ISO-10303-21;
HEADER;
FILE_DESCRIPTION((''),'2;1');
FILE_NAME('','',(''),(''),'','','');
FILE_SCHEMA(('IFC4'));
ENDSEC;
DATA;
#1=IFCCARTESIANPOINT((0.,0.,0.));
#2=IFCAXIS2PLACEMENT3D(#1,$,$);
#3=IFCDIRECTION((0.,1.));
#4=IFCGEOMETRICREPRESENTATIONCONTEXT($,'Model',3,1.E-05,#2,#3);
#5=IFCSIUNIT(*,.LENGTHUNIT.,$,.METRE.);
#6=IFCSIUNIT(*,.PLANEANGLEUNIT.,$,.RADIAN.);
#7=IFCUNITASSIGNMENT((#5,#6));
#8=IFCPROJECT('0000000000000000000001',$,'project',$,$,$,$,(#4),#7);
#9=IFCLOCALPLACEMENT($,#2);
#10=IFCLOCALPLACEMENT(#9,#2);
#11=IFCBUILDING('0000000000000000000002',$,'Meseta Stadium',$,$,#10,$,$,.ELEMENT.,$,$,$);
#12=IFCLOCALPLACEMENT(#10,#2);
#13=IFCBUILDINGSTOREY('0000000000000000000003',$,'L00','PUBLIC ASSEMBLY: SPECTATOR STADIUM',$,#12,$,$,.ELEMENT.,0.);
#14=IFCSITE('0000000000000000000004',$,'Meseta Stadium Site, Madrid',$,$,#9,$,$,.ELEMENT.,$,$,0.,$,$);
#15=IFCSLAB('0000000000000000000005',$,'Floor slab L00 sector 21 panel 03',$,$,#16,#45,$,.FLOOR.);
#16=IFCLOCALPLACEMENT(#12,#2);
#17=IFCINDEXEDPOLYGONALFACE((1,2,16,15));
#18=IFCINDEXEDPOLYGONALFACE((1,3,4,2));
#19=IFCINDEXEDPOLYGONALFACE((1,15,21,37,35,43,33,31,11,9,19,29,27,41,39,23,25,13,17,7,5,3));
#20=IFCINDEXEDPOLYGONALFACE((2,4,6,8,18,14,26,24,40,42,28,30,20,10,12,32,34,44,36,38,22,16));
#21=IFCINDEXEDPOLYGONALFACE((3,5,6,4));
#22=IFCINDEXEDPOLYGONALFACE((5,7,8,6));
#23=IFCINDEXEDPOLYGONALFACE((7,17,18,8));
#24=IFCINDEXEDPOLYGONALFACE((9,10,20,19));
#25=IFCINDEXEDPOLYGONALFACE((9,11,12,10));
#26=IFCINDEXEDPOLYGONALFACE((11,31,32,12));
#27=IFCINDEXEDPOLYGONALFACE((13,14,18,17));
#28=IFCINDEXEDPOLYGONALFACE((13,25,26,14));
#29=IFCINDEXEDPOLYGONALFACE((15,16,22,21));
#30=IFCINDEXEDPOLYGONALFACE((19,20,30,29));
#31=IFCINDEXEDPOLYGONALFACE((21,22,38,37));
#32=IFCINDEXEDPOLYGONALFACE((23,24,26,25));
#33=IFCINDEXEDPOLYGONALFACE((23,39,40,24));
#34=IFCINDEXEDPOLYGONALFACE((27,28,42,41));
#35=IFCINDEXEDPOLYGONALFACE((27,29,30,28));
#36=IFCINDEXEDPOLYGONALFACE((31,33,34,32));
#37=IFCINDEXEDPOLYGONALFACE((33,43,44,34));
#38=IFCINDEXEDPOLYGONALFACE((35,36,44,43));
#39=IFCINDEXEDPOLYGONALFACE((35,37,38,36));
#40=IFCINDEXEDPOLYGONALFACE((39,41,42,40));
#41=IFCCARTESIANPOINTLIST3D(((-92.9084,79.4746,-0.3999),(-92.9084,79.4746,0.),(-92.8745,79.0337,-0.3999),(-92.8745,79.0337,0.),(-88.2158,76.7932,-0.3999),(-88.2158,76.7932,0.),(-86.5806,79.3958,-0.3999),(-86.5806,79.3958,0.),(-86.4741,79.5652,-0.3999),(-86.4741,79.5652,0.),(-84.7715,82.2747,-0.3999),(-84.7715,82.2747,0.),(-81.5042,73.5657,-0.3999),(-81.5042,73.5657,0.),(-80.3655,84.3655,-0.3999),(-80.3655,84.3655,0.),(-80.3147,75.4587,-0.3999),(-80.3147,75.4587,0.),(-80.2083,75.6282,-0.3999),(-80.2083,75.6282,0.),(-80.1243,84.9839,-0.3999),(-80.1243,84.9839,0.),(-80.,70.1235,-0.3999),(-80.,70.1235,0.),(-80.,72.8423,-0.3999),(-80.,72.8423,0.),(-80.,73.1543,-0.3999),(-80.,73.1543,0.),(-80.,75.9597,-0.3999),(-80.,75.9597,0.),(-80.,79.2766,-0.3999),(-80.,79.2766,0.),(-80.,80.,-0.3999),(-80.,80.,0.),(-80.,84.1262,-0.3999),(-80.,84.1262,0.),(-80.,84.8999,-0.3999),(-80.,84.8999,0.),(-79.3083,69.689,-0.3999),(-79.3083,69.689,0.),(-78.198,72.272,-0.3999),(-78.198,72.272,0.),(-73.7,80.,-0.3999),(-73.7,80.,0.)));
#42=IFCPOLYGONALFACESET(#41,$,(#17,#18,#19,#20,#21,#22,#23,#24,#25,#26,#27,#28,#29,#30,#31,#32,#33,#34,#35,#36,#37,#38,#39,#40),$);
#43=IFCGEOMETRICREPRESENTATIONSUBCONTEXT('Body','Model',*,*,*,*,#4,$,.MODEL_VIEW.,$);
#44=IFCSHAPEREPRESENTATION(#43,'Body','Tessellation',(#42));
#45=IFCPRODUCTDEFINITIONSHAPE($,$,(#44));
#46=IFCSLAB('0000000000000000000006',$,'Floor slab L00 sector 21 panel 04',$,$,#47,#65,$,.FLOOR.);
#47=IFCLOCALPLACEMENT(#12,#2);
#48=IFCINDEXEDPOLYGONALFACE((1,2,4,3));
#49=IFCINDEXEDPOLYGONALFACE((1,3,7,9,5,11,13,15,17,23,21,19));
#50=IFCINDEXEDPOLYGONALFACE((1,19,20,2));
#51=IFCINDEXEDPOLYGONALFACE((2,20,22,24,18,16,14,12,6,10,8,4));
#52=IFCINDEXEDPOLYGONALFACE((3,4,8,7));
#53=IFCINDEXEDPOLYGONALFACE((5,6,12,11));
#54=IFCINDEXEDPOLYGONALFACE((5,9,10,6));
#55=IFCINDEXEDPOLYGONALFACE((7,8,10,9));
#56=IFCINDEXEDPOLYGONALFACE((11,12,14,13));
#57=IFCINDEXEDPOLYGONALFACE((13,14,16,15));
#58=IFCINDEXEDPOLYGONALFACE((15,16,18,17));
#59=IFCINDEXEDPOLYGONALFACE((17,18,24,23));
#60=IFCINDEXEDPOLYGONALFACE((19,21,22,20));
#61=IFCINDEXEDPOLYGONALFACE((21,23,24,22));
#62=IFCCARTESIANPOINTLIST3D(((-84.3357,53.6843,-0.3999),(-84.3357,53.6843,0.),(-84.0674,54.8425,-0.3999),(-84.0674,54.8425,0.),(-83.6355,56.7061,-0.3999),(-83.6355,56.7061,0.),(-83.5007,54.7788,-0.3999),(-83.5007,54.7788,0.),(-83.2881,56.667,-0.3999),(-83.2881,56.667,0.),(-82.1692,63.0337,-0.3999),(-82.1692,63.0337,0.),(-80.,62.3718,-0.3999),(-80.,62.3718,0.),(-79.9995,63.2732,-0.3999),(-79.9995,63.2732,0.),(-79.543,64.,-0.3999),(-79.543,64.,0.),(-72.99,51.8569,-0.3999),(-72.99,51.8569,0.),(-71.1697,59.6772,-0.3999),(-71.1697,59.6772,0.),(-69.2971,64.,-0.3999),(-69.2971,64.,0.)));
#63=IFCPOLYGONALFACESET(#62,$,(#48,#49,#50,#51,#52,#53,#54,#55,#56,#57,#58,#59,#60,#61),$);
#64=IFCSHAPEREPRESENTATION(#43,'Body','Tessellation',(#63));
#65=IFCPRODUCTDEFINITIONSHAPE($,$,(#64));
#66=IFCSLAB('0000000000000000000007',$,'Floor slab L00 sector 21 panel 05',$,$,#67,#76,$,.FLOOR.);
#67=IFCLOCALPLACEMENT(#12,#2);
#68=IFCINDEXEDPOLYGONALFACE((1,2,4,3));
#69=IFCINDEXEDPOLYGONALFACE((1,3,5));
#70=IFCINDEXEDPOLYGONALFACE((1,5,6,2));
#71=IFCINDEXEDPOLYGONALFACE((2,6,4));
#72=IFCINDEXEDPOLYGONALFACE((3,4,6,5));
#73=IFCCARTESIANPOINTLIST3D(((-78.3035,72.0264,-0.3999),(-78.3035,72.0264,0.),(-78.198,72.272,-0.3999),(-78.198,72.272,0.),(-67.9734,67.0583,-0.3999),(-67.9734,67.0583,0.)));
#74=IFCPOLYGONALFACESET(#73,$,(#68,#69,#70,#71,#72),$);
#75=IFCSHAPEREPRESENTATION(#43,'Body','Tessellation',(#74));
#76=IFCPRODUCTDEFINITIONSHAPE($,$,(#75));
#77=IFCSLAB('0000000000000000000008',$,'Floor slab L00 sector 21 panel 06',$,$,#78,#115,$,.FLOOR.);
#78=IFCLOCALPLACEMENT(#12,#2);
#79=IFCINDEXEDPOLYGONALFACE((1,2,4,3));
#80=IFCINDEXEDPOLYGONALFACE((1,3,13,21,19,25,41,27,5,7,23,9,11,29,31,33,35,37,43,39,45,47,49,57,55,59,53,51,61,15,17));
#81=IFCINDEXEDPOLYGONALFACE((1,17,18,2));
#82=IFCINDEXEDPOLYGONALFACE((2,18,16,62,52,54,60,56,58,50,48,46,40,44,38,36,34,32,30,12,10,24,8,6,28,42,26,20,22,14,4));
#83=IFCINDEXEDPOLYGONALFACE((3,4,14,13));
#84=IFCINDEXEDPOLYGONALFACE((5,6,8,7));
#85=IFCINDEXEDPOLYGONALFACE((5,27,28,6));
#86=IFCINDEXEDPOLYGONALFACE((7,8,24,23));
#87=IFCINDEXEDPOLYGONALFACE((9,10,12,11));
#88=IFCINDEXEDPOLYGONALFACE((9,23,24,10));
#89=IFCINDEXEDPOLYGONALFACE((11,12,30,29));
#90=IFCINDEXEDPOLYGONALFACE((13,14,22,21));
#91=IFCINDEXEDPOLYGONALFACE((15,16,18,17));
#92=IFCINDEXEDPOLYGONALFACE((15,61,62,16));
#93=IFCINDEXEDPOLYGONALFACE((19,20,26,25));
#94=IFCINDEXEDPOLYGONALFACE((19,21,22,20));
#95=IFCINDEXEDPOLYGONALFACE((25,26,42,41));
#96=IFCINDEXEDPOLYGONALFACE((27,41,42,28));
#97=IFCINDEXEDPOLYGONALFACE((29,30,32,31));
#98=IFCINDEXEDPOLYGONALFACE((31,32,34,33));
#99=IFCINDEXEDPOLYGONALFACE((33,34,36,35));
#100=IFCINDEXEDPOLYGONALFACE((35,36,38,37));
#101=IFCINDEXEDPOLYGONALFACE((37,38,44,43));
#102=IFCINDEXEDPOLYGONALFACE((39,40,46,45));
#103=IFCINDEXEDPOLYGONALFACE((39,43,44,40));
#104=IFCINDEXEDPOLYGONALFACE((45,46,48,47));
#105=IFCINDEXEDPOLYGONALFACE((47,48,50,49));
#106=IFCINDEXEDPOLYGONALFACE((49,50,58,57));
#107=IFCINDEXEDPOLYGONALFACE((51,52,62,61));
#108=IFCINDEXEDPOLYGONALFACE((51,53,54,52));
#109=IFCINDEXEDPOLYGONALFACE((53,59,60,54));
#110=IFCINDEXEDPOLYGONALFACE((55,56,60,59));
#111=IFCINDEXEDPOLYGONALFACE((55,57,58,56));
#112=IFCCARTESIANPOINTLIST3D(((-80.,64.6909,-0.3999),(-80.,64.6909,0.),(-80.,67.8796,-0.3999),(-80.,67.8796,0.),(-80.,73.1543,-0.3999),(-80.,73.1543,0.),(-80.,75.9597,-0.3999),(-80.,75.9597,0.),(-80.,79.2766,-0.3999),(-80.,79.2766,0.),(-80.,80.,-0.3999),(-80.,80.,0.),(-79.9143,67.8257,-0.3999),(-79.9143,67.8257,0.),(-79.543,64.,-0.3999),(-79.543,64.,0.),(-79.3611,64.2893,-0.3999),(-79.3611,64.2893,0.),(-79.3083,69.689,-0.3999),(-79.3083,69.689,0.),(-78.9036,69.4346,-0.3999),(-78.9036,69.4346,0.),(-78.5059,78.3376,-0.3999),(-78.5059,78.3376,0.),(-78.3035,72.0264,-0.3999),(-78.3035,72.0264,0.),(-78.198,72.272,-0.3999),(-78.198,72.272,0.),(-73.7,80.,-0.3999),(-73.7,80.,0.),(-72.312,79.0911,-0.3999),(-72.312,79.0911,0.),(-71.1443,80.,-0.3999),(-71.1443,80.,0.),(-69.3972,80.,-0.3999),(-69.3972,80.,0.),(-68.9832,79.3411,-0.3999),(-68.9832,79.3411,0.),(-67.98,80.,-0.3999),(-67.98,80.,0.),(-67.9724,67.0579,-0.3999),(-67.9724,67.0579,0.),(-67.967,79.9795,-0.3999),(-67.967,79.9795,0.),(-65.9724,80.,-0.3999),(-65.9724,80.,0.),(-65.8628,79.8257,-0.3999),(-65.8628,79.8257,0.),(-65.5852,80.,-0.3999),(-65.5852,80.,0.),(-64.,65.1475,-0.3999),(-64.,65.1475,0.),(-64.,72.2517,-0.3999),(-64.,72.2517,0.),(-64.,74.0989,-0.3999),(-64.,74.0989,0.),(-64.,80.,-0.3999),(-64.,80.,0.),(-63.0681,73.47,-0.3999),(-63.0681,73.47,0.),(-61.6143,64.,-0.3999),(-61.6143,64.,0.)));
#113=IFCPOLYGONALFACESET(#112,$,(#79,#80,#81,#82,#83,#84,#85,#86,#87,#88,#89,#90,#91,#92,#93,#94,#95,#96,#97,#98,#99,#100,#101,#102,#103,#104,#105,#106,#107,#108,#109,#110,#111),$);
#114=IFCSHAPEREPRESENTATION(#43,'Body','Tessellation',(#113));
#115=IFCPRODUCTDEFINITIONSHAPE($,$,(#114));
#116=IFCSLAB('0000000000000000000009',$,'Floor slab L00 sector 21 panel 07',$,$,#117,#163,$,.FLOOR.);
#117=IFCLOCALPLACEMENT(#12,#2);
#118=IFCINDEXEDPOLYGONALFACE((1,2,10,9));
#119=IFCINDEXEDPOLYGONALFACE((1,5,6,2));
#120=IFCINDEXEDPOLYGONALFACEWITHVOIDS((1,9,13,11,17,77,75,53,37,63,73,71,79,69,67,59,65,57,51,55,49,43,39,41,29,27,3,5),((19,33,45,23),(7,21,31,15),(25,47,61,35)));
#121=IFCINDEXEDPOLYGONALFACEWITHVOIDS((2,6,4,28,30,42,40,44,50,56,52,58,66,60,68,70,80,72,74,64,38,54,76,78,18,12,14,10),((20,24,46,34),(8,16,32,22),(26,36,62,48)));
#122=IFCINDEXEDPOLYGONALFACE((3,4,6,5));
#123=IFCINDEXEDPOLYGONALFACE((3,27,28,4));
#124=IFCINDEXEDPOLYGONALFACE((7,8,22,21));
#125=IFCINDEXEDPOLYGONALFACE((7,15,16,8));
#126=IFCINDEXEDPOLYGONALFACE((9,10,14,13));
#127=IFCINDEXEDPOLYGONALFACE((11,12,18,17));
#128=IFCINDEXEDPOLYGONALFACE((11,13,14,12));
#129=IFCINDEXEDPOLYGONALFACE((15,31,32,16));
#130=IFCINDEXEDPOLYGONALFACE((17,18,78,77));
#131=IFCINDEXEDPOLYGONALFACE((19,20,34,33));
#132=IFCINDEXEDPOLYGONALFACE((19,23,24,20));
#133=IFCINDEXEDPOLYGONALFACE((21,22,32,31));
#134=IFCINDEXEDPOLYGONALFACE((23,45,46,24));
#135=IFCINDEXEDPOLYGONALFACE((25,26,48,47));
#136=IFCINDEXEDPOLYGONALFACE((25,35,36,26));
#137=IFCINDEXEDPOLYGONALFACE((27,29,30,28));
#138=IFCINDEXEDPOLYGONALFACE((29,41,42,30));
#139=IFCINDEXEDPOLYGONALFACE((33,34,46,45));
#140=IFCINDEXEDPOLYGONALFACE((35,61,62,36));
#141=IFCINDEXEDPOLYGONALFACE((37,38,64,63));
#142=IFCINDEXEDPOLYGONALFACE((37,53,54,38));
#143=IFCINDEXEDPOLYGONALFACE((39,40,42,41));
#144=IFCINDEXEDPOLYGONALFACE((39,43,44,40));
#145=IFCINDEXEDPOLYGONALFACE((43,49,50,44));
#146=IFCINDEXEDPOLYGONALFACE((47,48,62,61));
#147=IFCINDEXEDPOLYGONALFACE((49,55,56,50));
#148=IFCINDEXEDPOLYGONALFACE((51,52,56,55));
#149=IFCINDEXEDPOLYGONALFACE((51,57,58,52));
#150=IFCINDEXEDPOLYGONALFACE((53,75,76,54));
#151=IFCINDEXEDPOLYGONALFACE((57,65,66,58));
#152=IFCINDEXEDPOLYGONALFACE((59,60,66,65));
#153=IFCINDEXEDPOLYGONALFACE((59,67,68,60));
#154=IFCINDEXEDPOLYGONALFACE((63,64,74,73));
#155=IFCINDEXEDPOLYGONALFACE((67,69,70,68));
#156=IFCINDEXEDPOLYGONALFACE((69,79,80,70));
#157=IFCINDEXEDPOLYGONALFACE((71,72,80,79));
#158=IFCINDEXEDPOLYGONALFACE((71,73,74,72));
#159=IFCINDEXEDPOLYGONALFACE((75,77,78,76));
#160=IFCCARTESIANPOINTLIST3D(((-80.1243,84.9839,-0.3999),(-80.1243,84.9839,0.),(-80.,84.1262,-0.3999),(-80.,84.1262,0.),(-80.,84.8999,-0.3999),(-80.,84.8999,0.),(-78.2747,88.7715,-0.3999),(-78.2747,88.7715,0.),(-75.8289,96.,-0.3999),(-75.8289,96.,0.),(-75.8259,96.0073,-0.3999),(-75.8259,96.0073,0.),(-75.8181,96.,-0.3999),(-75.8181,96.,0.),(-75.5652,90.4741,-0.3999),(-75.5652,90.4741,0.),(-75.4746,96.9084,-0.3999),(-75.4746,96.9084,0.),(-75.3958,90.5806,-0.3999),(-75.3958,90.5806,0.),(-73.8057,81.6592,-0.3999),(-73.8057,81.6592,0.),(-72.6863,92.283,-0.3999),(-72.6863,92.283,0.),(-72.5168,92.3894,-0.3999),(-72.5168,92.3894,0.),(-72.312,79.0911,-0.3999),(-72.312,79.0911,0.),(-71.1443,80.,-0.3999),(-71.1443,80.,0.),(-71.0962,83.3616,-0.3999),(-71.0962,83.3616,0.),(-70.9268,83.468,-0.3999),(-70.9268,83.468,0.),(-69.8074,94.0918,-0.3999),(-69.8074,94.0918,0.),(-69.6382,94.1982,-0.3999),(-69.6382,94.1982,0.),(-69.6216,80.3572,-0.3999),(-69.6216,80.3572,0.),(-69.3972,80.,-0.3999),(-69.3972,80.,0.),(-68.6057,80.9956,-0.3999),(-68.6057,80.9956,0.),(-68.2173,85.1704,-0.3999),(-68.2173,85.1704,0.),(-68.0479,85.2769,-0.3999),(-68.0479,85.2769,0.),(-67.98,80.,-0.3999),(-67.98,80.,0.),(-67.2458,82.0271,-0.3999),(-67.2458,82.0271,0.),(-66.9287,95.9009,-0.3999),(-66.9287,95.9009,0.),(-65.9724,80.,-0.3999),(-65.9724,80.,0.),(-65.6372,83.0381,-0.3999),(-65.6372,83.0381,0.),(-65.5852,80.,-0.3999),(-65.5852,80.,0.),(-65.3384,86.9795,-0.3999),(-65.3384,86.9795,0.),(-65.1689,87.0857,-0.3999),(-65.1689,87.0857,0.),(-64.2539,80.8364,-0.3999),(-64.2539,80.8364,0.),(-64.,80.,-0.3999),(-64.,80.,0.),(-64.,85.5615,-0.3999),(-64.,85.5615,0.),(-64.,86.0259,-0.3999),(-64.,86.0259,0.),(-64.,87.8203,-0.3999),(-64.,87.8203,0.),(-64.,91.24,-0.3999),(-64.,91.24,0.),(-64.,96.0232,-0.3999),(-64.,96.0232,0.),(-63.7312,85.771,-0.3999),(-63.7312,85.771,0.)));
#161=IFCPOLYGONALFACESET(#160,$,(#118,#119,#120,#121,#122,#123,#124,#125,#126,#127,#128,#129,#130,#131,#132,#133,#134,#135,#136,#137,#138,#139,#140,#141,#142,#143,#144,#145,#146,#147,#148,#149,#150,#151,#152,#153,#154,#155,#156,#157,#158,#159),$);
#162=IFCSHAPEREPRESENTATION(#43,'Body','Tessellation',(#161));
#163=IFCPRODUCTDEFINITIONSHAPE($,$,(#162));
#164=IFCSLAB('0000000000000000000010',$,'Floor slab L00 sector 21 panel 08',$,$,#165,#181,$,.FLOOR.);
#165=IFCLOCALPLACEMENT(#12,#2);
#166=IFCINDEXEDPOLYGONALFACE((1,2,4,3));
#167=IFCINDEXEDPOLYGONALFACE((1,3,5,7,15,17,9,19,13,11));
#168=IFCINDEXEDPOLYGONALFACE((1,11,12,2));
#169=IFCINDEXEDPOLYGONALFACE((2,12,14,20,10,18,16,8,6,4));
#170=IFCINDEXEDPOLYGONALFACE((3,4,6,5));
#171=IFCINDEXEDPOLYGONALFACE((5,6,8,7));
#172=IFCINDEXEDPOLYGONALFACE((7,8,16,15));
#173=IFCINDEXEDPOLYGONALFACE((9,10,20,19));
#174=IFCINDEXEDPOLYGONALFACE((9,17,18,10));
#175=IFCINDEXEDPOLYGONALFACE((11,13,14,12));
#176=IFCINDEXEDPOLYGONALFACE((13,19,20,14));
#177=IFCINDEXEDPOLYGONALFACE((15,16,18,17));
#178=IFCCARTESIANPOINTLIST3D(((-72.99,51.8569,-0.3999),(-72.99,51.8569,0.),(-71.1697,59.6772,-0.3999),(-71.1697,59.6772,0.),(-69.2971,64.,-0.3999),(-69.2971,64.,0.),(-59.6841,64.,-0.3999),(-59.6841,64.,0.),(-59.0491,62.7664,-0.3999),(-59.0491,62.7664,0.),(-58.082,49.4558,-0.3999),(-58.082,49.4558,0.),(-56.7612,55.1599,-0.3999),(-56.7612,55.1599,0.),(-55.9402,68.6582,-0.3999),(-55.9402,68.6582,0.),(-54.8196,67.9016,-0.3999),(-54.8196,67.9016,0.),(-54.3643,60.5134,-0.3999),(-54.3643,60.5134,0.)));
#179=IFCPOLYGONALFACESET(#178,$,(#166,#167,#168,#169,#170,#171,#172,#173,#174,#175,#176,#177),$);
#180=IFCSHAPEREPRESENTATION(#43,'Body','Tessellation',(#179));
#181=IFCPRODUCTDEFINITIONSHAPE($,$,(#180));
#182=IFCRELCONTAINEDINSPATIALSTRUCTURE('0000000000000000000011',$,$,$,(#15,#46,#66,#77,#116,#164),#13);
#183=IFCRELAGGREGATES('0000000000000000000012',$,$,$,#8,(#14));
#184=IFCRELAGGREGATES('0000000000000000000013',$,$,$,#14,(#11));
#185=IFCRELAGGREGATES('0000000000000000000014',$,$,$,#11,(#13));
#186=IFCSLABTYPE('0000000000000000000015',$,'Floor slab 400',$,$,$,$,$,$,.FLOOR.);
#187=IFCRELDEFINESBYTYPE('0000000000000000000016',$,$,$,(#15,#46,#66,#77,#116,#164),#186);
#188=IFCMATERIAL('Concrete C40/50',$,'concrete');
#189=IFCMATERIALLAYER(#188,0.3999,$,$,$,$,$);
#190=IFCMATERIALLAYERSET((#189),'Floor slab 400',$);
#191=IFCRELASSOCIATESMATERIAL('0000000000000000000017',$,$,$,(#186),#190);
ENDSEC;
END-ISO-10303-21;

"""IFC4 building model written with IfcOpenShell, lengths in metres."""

from ifc_helpers import new_model, si_unit, direction, frame, origin, place, context, subcontext, project, spatial, polyline, outline, extrude, material, layer, layer_set, type_object, element, save


model = new_model("IFC4")

# Units and contexts
model_context = context("Model", 3, precision=1e-05, world=origin(), true_north=direction((0.0, 1.0)))
body_context = subcontext(model_context, "Body", "Model", "MODEL_VIEW")
ifc_project = project(units=[si_unit("LENGTHUNIT", "METRE"), si_unit("PLANEANGLEUNIT", "RADIAN")], contexts=[model_context])

# Site, building, storey
site_placement = place(None, origin())
site = spatial("IfcSite", under=ifc_project, at=site_placement, Name="Meseta Stadium Site, Madrid", CompositionType="ELEMENT", RefElevation=0.0)
building_placement = place(site_placement, origin())
building = spatial("IfcBuilding", under=site, at=building_placement, Name="Meseta Stadium", CompositionType="ELEMENT")
storey_placement = place(building_placement, origin())
storey = spatial("IfcBuildingStorey", under=building, at=storey_placement, Name="L00", Description="PUBLIC ASSEMBLY: SPECTATOR STADIUM", CompositionType="ELEMENT", Elevation=0.0)

# Slabs
ifc_material = material(Name="Concrete C40/50", Category="concrete")
ifc_layer = layer(ifc_material, 0.3999)
ifc_layer_set = layer_set([ifc_layer], Name="Floor slab 400")
slab_type = type_object("IfcSlabType", Name="Floor slab 400", PredefinedType="FLOOR", material=ifc_layer_set)
slab_1_placement = place(storey_placement, frame((0.0, 0.0, -0.3999)))
element("IfcSlab", 1, at=slab_1_placement, inside=storey, type_object=slab_type, Name="Floor slab L00 sector 21 panel 03", PredefinedType="FLOOR", context=body_context, shape_type="SweptSolid", body=[
    extrude(outline(polyline([(-80.1243, 84.9839), (-80.3655, 84.3655), (-92.9084, 79.4746), (-92.8745, 79.0337), (-88.2158, 76.7932), (-86.5806, 79.3958), (-80.3147, 75.4587), (-81.5042, 73.5657), (-80.0, 72.8423), (-80.0, 70.1235), (-79.3083, 69.689), (-78.198, 72.272), (-80.0, 73.1543), (-80.0, 75.9597), (-80.2083, 75.6282), (-86.4741, 79.5652), (-84.7715, 82.2747), (-80.0, 79.2766), (-80.0, 80.0), (-73.7, 80.0), (-80.0, 84.1262), (-80.0, 84.8999), (-80.1243, 84.9839)])), origin(), (0.0, 0.0, 1.0), 0.3999),
])
slab_2_placement = place(storey_placement, frame((0.0, 0.0, -0.3999)))
element("IfcSlab", 2, at=slab_2_placement, inside=storey, type_object=slab_type, Name="Floor slab L00 sector 21 panel 04", PredefinedType="FLOOR", context=body_context, shape_type="SweptSolid", body=[
    extrude(outline(polyline([(-79.9995, 63.2732), (-80.0, 62.3718), (-82.1692, 63.0337), (-83.6355, 56.7061), (-83.2881, 56.667), (-83.5007, 54.7788), (-84.0674, 54.8425), (-84.3357, 53.6843), (-72.99, 51.8569), (-71.1697, 59.6772), (-69.2971, 64.0), (-79.543, 64.0), (-79.9995, 63.2732)])), origin(), (0.0, 0.0, 1.0), 0.3999),
])
slab_3_placement = place(storey_placement, frame((0.0, 0.0, -0.3999)))
element("IfcSlab", 3, at=slab_3_placement, inside=storey, type_object=slab_type, Name="Floor slab L00 sector 21 panel 05", PredefinedType="FLOOR", context=body_context, shape_type="SweptSolid", body=[
    extrude(outline(polyline([(-67.9734, 67.0583), (-78.198, 72.272), (-78.3035, 72.0264), (-67.9734, 67.0583)])), origin(), (0.0, 0.0, 1.0), 0.3999),
])
slab_4_placement = place(storey_placement, frame((0.0, 0.0, -0.3999)))
element("IfcSlab", 4, at=slab_4_placement, inside=storey, type_object=slab_type, Name="Floor slab L00 sector 21 panel 06", PredefinedType="FLOOR", context=body_context, shape_type="SweptSolid", body=[
    extrude(outline(polyline([(-67.967, 79.9795), (-68.9832, 79.3411), (-69.3972, 80.0), (-71.1443, 80.0), (-72.312, 79.0911), (-73.7, 80.0), (-80.0, 80.0), (-80.0, 79.2766), (-78.5059, 78.3376), (-80.0, 75.9597), (-80.0, 73.1543), (-78.198, 72.272), (-67.9724, 67.0579), (-78.3035, 72.0264), (-79.3083, 69.689), (-78.9036, 69.4346), (-79.9143, 67.8257), (-80.0, 67.8796), (-80.0, 64.6909), (-79.3611, 64.2893), (-79.543, 64.0), (-61.6143, 64.0), (-64.0, 65.1475), (-64.0, 72.2517), (-63.0681, 73.47), (-64.0, 74.0989), (-64.0, 80.0), (-65.5852, 80.0), (-65.8628, 79.8257), (-65.9724, 80.0), (-67.98, 80.0), (-67.967, 79.9795)])), origin(), (0.0, 0.0, 1.0), 0.3999),
])
slab_5_placement = place(storey_placement, frame((0.0, 0.0, -0.3999)))
element("IfcSlab", 5, at=slab_5_placement, inside=storey, type_object=slab_type, Name="Floor slab L00 sector 21 panel 07", PredefinedType="FLOOR", context=body_context, shape_type="SweptSolid", body=[
    extrude(outline(polyline([(-80.0, 84.1262), (-72.312, 79.0911), (-71.1443, 80.0), (-69.3972, 80.0), (-69.6216, 80.3572), (-68.6057, 80.9956), (-67.98, 80.0), (-65.9724, 80.0), (-67.2458, 82.0271), (-65.6372, 83.0381), (-64.2539, 80.8364), (-65.5852, 80.0), (-64.0, 80.0), (-64.0, 85.5615), (-63.7312, 85.771), (-64.0, 86.0259), (-64.0, 87.8203), (-65.1689, 87.0857), (-69.6382, 94.1982), (-66.9287, 95.9009), (-64.0, 91.24), (-64.0, 96.0232), (-75.4746, 96.9084), (-75.8259, 96.0073), (-75.8181, 96.0), (-75.8289, 96.0), (-80.1243, 84.9839), (-80.0, 84.8999), (-80.0, 84.1262)]), holes=[polyline([(-65.3384, 86.9795), (-68.0479, 85.2769), (-72.5168, 92.3894), (-69.8074, 94.0918), (-65.3384, 86.9795)]), polyline([(-71.0962, 83.3616), (-73.8057, 81.6592), (-78.2747, 88.7715), (-75.5652, 90.4741), (-71.0962, 83.3616)]), polyline([(-68.2173, 85.1704), (-70.9268, 83.468), (-75.3958, 90.5806), (-72.6863, 92.283), (-68.2173, 85.1704)])]), origin(), (0.0, 0.0, 1.0), 0.3999),
])
slab_6_placement = place(storey_placement, frame((0.0, 0.0, -0.3999)))
element("IfcSlab", 6, at=slab_6_placement, inside=storey, type_object=slab_type, Name="Floor slab L00 sector 21 panel 08", PredefinedType="FLOOR", context=body_context, shape_type="SweptSolid", body=[
    extrude(outline(polyline([(-58.082, 49.4558), (-56.7612, 55.1599), (-54.3643, 60.5134), (-59.0491, 62.7664), (-54.8196, 67.9016), (-55.9402, 68.6582), (-59.6841, 64.0), (-69.2971, 64.0), (-71.1697, 59.6772), (-72.99, 51.8569), (-58.082, 49.4558)])), origin(), (0.0, 0.0, 1.0), 0.3999),
])

save(model, "model.ifc")
